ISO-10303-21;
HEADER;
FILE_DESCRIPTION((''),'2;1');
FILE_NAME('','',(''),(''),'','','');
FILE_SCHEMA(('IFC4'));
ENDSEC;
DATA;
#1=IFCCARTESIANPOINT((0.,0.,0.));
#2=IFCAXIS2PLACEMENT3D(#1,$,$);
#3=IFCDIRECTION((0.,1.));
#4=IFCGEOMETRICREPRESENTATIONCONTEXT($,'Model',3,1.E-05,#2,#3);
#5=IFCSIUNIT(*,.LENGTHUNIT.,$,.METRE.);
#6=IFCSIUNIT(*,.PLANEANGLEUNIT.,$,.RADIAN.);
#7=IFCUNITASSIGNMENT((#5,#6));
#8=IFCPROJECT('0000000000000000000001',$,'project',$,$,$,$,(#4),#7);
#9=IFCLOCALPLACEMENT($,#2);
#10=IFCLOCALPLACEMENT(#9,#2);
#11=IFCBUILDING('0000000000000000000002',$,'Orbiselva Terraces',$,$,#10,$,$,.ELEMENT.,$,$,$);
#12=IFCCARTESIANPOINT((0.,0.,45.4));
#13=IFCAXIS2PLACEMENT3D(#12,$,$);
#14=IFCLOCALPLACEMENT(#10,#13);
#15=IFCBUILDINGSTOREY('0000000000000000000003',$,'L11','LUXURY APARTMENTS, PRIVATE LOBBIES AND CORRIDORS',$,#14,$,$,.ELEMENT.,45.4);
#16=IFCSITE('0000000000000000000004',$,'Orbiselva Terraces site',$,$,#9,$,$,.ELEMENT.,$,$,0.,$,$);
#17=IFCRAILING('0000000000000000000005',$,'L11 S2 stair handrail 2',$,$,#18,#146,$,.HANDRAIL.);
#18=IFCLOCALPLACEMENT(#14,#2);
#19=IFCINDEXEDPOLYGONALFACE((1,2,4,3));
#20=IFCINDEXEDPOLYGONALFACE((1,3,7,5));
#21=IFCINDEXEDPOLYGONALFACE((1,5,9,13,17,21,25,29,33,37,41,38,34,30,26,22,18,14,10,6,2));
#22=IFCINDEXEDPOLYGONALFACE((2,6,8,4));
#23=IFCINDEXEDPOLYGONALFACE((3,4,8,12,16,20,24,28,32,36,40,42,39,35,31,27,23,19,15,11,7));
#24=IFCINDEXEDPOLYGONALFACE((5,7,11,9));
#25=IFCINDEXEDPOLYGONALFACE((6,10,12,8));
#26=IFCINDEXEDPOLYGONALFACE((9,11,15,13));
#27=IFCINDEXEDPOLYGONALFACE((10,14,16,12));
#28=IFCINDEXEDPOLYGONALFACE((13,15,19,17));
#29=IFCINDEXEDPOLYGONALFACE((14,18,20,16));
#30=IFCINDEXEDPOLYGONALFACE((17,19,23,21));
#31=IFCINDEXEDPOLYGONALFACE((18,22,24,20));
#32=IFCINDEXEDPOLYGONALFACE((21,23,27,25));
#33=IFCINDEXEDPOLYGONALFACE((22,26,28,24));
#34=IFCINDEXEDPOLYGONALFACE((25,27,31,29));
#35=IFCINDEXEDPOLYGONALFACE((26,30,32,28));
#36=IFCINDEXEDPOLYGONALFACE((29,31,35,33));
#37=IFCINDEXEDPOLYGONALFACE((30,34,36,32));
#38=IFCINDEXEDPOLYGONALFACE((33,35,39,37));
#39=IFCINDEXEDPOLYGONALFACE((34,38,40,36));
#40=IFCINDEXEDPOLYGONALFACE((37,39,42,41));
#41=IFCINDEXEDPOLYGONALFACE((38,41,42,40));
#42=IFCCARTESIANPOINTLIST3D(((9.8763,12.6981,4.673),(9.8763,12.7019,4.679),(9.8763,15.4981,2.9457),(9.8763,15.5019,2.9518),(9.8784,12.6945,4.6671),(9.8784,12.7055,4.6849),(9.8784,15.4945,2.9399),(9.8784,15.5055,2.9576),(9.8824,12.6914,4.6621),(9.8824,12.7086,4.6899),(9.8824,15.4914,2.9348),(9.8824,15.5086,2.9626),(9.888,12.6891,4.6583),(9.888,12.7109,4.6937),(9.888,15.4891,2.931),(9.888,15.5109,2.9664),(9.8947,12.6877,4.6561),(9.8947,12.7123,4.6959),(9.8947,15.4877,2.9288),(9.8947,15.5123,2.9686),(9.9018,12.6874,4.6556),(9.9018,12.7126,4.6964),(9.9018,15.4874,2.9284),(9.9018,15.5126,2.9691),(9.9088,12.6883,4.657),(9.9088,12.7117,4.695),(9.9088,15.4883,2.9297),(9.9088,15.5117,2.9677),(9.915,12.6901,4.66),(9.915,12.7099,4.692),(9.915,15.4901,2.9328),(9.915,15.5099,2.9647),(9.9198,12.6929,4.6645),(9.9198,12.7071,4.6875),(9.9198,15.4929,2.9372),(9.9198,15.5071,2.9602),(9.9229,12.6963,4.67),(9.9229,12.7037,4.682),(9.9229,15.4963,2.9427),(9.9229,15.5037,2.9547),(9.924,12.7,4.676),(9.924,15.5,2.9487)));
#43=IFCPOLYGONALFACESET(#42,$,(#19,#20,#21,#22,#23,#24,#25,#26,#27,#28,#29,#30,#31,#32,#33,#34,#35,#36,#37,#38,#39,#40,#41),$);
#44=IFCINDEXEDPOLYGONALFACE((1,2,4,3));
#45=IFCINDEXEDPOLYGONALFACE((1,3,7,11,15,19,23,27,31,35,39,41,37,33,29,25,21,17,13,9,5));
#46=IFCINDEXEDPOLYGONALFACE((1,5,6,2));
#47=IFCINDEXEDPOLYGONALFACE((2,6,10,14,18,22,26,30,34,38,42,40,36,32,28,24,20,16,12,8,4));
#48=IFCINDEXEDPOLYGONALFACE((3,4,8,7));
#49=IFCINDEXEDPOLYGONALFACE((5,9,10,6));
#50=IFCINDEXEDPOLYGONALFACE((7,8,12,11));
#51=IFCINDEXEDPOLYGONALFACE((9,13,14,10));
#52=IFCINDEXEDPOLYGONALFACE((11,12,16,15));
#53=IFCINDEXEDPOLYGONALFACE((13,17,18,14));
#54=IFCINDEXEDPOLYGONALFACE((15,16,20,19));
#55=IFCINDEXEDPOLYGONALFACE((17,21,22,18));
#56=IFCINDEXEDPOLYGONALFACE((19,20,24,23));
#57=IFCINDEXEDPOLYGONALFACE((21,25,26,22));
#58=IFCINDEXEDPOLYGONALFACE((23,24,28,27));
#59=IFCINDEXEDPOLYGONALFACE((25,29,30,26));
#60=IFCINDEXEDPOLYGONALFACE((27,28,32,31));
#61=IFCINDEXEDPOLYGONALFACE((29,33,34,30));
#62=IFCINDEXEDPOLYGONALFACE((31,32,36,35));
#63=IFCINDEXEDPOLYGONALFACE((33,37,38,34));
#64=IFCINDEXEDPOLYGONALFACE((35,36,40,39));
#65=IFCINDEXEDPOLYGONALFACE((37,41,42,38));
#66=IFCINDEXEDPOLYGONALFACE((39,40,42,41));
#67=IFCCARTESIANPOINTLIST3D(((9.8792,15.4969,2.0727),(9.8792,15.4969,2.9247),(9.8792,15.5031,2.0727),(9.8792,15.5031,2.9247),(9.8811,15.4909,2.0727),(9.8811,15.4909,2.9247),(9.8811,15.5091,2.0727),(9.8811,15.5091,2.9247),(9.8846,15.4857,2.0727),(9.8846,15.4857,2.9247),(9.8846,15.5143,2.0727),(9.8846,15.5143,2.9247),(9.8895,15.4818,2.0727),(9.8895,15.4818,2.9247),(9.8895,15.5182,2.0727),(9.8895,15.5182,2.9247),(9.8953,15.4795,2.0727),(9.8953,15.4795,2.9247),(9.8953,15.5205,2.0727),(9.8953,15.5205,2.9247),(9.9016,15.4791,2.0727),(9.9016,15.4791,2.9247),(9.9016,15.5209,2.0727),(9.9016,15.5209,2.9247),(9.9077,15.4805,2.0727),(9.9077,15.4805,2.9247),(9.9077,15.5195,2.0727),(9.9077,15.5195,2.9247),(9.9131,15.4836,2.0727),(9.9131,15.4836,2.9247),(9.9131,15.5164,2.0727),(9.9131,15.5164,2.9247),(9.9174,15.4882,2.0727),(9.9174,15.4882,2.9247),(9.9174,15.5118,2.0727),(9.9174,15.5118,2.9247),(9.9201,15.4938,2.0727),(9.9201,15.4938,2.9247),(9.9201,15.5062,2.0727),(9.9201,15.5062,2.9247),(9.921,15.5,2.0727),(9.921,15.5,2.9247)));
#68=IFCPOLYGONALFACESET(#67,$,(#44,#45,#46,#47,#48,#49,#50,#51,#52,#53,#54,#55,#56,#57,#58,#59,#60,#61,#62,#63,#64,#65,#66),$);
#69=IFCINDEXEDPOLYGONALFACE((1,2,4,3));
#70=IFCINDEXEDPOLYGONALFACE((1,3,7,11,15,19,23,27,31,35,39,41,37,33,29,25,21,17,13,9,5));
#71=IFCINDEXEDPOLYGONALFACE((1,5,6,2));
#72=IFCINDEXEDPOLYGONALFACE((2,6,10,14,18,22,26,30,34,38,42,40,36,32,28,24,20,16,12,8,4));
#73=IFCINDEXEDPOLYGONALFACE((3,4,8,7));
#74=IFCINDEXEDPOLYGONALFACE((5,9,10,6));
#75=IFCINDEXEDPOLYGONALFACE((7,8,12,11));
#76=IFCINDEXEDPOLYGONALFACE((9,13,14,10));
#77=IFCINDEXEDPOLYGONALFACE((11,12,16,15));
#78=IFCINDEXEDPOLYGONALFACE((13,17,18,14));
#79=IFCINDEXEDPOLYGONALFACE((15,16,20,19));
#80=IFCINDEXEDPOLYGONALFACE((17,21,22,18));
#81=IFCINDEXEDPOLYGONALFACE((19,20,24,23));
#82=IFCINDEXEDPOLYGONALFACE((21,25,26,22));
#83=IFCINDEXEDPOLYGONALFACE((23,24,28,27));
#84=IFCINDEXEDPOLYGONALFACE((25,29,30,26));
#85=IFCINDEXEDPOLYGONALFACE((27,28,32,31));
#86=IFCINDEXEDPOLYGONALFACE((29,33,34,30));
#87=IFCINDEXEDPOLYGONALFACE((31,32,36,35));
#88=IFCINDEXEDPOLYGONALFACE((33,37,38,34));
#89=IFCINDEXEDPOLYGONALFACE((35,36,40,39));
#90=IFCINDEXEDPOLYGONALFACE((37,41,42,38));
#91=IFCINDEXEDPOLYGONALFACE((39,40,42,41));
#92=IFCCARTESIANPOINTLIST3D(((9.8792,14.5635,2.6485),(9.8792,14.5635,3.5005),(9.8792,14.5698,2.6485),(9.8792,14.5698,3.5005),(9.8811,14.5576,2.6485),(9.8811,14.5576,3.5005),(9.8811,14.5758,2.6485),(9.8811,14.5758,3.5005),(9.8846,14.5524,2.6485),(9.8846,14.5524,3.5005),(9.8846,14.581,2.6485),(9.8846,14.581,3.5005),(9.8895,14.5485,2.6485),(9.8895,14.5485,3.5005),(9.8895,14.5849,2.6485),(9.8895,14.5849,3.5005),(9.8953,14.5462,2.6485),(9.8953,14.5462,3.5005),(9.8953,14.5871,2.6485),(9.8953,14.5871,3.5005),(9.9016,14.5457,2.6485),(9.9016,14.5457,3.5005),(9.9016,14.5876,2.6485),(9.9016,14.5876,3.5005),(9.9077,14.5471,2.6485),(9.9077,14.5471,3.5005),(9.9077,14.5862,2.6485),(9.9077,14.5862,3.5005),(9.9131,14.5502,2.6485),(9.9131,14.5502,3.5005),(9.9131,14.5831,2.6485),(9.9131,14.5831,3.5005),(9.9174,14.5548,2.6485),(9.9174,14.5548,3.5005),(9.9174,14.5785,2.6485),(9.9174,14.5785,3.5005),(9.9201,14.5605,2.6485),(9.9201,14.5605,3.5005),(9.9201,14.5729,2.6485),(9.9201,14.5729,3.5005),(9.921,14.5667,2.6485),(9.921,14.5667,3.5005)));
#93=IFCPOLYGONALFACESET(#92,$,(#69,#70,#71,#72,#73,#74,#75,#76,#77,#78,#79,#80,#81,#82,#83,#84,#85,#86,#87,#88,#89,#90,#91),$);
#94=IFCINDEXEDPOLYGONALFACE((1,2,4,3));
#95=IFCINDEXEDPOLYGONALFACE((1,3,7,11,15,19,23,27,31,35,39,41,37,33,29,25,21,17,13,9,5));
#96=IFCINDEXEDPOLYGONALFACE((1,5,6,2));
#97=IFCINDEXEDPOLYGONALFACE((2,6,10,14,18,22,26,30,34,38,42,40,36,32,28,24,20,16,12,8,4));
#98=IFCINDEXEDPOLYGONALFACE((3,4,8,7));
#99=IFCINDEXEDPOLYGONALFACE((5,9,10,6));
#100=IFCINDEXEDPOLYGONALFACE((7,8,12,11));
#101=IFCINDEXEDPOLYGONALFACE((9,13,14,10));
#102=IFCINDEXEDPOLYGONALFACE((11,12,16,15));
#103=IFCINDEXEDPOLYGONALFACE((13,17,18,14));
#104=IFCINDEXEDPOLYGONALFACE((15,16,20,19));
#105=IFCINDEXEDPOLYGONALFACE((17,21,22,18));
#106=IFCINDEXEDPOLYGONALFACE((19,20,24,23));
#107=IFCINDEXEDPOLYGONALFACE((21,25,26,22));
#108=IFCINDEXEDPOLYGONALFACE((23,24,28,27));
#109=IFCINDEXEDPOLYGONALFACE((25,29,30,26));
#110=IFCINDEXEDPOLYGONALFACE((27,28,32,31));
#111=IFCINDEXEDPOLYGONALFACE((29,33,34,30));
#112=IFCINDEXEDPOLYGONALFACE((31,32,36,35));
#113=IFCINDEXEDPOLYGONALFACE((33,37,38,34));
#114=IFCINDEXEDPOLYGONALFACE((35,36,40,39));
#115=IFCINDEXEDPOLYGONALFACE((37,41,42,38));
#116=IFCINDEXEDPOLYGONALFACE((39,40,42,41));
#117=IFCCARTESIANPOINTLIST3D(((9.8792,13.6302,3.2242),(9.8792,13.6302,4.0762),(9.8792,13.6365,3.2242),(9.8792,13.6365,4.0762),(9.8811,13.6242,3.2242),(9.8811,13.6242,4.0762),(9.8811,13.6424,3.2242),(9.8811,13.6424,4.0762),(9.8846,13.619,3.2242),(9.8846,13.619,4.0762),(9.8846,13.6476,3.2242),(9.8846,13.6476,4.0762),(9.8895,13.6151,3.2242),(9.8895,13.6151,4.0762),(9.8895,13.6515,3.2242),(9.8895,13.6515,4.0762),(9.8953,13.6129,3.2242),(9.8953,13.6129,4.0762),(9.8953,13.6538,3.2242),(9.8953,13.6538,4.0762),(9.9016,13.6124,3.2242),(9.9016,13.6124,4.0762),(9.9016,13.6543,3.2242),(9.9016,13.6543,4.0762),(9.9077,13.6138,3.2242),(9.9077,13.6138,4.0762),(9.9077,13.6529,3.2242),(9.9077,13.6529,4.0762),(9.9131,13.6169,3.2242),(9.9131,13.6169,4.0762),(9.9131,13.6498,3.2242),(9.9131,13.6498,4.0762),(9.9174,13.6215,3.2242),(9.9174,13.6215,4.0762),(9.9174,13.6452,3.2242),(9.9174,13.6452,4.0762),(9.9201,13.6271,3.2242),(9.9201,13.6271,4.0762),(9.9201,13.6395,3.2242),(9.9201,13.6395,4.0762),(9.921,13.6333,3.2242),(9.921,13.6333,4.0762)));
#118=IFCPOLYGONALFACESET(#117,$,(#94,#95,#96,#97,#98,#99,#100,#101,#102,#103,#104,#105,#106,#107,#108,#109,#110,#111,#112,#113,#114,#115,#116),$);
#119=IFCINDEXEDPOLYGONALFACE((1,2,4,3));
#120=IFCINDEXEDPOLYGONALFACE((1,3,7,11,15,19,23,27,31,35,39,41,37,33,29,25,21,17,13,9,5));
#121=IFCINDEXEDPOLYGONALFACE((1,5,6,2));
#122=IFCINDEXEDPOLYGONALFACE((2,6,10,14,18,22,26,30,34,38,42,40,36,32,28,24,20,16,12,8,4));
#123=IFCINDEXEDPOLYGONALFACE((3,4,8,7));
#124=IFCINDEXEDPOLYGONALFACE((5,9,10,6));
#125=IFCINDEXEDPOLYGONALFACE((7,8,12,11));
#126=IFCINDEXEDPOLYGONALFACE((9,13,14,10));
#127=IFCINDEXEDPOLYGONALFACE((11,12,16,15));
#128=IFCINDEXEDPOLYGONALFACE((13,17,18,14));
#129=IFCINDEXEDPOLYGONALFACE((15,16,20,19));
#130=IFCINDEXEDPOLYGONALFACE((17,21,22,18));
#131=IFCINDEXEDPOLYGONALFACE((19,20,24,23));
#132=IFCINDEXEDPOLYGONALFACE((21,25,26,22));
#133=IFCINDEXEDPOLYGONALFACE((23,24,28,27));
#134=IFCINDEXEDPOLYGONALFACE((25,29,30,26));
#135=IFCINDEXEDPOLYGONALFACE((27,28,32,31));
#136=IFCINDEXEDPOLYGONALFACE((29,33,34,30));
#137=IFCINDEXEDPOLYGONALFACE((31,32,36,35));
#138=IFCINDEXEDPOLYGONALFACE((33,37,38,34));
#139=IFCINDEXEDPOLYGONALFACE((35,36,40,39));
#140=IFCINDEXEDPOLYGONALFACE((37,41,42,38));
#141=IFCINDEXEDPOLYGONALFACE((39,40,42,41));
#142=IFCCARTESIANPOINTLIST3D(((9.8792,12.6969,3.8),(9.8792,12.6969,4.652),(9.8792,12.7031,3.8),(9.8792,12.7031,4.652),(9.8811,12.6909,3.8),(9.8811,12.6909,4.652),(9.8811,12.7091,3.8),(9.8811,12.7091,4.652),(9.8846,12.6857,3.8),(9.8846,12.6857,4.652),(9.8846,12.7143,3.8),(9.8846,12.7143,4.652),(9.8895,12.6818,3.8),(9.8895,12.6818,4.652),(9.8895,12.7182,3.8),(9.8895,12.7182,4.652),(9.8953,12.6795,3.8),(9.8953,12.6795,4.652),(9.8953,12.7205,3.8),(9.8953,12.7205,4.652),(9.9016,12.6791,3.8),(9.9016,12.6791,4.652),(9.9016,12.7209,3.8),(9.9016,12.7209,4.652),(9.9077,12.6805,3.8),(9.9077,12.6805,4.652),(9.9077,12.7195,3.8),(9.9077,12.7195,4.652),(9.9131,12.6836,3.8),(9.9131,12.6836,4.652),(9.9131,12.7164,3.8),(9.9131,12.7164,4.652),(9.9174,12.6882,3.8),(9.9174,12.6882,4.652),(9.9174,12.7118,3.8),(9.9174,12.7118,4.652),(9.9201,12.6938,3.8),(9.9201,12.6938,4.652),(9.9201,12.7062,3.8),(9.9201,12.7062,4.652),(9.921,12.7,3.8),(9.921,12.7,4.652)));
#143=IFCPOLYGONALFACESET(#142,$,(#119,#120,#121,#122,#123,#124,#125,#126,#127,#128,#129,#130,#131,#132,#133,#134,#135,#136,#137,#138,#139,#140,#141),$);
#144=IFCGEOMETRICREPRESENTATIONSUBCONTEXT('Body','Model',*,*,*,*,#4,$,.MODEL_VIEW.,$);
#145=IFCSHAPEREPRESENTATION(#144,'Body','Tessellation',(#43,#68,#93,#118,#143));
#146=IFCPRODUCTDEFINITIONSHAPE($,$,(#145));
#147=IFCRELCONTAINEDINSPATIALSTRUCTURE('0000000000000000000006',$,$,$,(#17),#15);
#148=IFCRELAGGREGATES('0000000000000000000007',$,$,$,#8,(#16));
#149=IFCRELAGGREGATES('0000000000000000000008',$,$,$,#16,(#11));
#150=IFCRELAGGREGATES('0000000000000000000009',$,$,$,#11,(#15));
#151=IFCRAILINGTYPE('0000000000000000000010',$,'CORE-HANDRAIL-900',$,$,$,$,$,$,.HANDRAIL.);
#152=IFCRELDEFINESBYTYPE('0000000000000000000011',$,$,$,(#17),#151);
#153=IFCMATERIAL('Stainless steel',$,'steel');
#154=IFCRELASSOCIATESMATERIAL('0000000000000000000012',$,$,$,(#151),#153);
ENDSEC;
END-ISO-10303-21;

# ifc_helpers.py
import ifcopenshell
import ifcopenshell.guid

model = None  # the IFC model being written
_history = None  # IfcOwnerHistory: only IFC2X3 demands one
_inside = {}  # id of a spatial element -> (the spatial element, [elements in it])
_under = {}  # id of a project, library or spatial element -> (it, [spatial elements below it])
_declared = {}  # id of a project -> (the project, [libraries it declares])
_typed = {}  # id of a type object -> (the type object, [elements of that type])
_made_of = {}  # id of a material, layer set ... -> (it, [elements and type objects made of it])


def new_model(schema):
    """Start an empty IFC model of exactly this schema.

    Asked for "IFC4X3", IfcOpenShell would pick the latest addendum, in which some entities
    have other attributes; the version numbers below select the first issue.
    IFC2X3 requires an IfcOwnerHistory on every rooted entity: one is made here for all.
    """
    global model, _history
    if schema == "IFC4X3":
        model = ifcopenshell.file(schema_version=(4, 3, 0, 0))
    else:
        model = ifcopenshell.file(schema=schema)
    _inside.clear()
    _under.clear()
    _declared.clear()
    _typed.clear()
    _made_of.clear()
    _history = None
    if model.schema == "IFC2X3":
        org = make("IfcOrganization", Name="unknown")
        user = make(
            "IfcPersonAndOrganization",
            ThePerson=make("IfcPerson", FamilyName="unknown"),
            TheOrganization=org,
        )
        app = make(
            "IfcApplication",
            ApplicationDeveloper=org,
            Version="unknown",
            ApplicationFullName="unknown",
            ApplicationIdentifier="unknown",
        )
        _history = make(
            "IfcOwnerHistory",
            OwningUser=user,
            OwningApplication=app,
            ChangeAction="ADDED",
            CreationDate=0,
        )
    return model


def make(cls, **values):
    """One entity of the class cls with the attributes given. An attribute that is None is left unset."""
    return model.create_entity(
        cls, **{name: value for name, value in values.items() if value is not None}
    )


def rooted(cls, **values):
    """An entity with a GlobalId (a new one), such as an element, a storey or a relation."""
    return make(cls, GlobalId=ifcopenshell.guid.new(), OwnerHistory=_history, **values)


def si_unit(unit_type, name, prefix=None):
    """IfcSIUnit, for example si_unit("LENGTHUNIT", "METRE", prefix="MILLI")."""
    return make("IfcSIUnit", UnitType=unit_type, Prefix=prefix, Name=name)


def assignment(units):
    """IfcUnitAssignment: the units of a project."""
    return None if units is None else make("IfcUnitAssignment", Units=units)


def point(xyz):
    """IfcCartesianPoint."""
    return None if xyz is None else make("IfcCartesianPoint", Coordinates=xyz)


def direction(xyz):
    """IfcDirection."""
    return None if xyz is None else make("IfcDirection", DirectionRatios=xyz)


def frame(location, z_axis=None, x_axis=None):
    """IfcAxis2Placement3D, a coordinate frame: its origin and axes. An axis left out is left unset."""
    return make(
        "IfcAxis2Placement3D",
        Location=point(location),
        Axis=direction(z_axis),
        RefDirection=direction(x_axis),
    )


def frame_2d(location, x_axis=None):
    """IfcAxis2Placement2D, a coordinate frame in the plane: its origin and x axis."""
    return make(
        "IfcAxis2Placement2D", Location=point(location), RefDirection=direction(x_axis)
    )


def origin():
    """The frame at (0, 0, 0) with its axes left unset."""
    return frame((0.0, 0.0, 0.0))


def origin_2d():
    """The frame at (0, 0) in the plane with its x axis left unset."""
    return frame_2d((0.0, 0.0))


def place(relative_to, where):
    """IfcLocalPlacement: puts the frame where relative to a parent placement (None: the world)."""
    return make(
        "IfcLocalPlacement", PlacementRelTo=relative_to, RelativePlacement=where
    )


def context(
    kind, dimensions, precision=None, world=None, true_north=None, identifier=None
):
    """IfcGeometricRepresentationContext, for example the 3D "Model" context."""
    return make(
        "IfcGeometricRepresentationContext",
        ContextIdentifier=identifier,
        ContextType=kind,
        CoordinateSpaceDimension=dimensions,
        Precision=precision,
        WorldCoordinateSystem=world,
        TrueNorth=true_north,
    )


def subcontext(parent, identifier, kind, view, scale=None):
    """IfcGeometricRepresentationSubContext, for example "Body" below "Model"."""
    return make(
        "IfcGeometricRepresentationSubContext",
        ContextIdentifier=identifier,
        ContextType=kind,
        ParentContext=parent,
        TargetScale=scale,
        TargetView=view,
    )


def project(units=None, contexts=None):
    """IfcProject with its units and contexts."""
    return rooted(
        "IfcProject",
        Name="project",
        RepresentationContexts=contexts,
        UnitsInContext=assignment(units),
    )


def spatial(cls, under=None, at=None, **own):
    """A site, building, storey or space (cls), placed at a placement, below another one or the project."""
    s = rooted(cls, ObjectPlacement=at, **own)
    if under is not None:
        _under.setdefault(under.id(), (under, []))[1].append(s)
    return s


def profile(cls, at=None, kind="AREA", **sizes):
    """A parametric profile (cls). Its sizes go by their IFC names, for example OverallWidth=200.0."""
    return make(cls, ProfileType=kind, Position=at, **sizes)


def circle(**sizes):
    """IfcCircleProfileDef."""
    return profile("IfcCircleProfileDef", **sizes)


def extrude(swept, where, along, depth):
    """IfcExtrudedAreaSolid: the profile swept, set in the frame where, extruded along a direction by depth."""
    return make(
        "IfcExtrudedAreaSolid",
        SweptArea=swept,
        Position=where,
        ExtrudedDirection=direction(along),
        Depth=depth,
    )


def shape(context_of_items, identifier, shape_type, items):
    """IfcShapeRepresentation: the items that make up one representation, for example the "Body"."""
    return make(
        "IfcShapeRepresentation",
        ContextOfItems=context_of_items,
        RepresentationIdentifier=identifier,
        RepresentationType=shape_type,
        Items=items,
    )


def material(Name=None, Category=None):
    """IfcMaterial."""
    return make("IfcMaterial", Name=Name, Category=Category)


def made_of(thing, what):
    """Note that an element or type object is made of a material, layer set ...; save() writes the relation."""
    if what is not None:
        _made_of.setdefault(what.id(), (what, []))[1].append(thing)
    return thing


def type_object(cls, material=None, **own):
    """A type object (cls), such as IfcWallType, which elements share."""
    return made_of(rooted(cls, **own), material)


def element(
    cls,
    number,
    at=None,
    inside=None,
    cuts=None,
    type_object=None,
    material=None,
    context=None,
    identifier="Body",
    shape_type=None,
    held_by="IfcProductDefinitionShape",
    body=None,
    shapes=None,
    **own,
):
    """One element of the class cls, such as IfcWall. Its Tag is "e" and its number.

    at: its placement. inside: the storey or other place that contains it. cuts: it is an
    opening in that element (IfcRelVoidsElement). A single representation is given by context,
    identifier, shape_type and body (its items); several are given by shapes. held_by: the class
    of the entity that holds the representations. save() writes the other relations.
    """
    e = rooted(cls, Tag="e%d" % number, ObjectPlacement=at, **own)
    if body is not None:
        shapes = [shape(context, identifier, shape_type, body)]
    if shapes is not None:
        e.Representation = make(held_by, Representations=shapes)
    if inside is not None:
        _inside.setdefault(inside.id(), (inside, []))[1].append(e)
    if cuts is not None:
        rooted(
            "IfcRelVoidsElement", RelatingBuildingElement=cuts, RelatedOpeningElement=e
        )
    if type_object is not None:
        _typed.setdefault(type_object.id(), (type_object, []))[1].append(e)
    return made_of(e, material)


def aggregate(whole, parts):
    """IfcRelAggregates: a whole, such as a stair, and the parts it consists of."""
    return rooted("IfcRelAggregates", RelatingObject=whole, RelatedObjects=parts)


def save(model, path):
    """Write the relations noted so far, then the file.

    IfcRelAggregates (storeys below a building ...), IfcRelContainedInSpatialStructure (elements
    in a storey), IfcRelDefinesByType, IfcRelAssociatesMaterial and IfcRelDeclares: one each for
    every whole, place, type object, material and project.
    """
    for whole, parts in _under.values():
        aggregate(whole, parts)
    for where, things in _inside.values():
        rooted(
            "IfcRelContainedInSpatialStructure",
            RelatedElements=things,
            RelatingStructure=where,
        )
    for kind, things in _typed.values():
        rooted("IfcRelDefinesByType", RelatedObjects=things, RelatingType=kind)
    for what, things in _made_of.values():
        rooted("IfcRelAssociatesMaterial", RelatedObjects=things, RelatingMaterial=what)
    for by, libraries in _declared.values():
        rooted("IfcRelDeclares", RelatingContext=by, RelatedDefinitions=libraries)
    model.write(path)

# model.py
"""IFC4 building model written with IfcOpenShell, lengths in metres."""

from ifc_helpers import new_model, si_unit, direction, frame, origin, origin_2d, place, context, subcontext, project, spatial, circle, extrude, material, type_object, element, save


model = new_model("IFC4")

# Units and contexts
model_context = context("Model", 3, precision=1e-05, world=origin(), true_north=direction((0.0, 1.0)))
body_context = subcontext(model_context, "Body", "Model", "MODEL_VIEW")
ifc_project = project(units=[si_unit("LENGTHUNIT", "METRE"), si_unit("PLANEANGLEUNIT", "RADIAN")], contexts=[model_context])

# Site, building, storey
site_placement = place(None, origin())
site = spatial("IfcSite", under=ifc_project, at=site_placement, Name="Orbiselva Terraces site", CompositionType="ELEMENT", RefElevation=0.0)
building_placement = place(site_placement, origin())
building = spatial("IfcBuilding", under=site, at=building_placement, Name="Orbiselva Terraces", CompositionType="ELEMENT")
storey_placement = place(building_placement, frame((0.0, 0.0, 45.4)))
storey = spatial("IfcBuildingStorey", under=building, at=storey_placement, Name="L11", Description="LUXURY APARTMENTS, PRIVATE LOBBIES AND CORRIDORS", CompositionType="ELEMENT", Elevation=45.4)

# Railing
ifc_material_1 = material(Name="Stainless steel", Category="steel")
railing_type = type_object("IfcRailingType", Name="CORE-HANDRAIL-900", PredefinedType="HANDRAIL", material=ifc_material_1)
railing_placement = place(storey_placement, frame((9.9, 15.5, 2.0727)))
element("IfcRailing", 1, at=railing_placement, inside=storey, type_object=railing_type, Name="L11 S2 stair handrail 2", PredefinedType="HANDRAIL", context=body_context, shape_type="SweptSolid", body=[
    extrude(circle(Radius=0.024, at=origin_2d()), frame((0.0, 0.0, 0.876), z_axis=(0.0, -0.851089, 0.525022), x_axis=(1.0, 0.0, 0.0)), (0.0, 0.0, 1.0), 3.2899),
    extrude(circle(Radius=0.021, at=origin_2d()), origin(), (0.0, 0.0, 1.0), 0.852),
    extrude(circle(Radius=0.021, at=origin_2d()), frame((0.0, -0.9333, 0.5758)), (0.0, 0.0, 1.0), 0.852),
    extrude(circle(Radius=0.021, at=origin_2d()), frame((0.0, -1.8667, 1.1515)), (0.0, 0.0, 1.0), 0.852),
    extrude(circle(Radius=0.021, at=origin_2d()), frame((0.0, -2.8, 1.7273)), (0.0, 0.0, 1.0), 0.852),
])

save(model, "model.ifc")
